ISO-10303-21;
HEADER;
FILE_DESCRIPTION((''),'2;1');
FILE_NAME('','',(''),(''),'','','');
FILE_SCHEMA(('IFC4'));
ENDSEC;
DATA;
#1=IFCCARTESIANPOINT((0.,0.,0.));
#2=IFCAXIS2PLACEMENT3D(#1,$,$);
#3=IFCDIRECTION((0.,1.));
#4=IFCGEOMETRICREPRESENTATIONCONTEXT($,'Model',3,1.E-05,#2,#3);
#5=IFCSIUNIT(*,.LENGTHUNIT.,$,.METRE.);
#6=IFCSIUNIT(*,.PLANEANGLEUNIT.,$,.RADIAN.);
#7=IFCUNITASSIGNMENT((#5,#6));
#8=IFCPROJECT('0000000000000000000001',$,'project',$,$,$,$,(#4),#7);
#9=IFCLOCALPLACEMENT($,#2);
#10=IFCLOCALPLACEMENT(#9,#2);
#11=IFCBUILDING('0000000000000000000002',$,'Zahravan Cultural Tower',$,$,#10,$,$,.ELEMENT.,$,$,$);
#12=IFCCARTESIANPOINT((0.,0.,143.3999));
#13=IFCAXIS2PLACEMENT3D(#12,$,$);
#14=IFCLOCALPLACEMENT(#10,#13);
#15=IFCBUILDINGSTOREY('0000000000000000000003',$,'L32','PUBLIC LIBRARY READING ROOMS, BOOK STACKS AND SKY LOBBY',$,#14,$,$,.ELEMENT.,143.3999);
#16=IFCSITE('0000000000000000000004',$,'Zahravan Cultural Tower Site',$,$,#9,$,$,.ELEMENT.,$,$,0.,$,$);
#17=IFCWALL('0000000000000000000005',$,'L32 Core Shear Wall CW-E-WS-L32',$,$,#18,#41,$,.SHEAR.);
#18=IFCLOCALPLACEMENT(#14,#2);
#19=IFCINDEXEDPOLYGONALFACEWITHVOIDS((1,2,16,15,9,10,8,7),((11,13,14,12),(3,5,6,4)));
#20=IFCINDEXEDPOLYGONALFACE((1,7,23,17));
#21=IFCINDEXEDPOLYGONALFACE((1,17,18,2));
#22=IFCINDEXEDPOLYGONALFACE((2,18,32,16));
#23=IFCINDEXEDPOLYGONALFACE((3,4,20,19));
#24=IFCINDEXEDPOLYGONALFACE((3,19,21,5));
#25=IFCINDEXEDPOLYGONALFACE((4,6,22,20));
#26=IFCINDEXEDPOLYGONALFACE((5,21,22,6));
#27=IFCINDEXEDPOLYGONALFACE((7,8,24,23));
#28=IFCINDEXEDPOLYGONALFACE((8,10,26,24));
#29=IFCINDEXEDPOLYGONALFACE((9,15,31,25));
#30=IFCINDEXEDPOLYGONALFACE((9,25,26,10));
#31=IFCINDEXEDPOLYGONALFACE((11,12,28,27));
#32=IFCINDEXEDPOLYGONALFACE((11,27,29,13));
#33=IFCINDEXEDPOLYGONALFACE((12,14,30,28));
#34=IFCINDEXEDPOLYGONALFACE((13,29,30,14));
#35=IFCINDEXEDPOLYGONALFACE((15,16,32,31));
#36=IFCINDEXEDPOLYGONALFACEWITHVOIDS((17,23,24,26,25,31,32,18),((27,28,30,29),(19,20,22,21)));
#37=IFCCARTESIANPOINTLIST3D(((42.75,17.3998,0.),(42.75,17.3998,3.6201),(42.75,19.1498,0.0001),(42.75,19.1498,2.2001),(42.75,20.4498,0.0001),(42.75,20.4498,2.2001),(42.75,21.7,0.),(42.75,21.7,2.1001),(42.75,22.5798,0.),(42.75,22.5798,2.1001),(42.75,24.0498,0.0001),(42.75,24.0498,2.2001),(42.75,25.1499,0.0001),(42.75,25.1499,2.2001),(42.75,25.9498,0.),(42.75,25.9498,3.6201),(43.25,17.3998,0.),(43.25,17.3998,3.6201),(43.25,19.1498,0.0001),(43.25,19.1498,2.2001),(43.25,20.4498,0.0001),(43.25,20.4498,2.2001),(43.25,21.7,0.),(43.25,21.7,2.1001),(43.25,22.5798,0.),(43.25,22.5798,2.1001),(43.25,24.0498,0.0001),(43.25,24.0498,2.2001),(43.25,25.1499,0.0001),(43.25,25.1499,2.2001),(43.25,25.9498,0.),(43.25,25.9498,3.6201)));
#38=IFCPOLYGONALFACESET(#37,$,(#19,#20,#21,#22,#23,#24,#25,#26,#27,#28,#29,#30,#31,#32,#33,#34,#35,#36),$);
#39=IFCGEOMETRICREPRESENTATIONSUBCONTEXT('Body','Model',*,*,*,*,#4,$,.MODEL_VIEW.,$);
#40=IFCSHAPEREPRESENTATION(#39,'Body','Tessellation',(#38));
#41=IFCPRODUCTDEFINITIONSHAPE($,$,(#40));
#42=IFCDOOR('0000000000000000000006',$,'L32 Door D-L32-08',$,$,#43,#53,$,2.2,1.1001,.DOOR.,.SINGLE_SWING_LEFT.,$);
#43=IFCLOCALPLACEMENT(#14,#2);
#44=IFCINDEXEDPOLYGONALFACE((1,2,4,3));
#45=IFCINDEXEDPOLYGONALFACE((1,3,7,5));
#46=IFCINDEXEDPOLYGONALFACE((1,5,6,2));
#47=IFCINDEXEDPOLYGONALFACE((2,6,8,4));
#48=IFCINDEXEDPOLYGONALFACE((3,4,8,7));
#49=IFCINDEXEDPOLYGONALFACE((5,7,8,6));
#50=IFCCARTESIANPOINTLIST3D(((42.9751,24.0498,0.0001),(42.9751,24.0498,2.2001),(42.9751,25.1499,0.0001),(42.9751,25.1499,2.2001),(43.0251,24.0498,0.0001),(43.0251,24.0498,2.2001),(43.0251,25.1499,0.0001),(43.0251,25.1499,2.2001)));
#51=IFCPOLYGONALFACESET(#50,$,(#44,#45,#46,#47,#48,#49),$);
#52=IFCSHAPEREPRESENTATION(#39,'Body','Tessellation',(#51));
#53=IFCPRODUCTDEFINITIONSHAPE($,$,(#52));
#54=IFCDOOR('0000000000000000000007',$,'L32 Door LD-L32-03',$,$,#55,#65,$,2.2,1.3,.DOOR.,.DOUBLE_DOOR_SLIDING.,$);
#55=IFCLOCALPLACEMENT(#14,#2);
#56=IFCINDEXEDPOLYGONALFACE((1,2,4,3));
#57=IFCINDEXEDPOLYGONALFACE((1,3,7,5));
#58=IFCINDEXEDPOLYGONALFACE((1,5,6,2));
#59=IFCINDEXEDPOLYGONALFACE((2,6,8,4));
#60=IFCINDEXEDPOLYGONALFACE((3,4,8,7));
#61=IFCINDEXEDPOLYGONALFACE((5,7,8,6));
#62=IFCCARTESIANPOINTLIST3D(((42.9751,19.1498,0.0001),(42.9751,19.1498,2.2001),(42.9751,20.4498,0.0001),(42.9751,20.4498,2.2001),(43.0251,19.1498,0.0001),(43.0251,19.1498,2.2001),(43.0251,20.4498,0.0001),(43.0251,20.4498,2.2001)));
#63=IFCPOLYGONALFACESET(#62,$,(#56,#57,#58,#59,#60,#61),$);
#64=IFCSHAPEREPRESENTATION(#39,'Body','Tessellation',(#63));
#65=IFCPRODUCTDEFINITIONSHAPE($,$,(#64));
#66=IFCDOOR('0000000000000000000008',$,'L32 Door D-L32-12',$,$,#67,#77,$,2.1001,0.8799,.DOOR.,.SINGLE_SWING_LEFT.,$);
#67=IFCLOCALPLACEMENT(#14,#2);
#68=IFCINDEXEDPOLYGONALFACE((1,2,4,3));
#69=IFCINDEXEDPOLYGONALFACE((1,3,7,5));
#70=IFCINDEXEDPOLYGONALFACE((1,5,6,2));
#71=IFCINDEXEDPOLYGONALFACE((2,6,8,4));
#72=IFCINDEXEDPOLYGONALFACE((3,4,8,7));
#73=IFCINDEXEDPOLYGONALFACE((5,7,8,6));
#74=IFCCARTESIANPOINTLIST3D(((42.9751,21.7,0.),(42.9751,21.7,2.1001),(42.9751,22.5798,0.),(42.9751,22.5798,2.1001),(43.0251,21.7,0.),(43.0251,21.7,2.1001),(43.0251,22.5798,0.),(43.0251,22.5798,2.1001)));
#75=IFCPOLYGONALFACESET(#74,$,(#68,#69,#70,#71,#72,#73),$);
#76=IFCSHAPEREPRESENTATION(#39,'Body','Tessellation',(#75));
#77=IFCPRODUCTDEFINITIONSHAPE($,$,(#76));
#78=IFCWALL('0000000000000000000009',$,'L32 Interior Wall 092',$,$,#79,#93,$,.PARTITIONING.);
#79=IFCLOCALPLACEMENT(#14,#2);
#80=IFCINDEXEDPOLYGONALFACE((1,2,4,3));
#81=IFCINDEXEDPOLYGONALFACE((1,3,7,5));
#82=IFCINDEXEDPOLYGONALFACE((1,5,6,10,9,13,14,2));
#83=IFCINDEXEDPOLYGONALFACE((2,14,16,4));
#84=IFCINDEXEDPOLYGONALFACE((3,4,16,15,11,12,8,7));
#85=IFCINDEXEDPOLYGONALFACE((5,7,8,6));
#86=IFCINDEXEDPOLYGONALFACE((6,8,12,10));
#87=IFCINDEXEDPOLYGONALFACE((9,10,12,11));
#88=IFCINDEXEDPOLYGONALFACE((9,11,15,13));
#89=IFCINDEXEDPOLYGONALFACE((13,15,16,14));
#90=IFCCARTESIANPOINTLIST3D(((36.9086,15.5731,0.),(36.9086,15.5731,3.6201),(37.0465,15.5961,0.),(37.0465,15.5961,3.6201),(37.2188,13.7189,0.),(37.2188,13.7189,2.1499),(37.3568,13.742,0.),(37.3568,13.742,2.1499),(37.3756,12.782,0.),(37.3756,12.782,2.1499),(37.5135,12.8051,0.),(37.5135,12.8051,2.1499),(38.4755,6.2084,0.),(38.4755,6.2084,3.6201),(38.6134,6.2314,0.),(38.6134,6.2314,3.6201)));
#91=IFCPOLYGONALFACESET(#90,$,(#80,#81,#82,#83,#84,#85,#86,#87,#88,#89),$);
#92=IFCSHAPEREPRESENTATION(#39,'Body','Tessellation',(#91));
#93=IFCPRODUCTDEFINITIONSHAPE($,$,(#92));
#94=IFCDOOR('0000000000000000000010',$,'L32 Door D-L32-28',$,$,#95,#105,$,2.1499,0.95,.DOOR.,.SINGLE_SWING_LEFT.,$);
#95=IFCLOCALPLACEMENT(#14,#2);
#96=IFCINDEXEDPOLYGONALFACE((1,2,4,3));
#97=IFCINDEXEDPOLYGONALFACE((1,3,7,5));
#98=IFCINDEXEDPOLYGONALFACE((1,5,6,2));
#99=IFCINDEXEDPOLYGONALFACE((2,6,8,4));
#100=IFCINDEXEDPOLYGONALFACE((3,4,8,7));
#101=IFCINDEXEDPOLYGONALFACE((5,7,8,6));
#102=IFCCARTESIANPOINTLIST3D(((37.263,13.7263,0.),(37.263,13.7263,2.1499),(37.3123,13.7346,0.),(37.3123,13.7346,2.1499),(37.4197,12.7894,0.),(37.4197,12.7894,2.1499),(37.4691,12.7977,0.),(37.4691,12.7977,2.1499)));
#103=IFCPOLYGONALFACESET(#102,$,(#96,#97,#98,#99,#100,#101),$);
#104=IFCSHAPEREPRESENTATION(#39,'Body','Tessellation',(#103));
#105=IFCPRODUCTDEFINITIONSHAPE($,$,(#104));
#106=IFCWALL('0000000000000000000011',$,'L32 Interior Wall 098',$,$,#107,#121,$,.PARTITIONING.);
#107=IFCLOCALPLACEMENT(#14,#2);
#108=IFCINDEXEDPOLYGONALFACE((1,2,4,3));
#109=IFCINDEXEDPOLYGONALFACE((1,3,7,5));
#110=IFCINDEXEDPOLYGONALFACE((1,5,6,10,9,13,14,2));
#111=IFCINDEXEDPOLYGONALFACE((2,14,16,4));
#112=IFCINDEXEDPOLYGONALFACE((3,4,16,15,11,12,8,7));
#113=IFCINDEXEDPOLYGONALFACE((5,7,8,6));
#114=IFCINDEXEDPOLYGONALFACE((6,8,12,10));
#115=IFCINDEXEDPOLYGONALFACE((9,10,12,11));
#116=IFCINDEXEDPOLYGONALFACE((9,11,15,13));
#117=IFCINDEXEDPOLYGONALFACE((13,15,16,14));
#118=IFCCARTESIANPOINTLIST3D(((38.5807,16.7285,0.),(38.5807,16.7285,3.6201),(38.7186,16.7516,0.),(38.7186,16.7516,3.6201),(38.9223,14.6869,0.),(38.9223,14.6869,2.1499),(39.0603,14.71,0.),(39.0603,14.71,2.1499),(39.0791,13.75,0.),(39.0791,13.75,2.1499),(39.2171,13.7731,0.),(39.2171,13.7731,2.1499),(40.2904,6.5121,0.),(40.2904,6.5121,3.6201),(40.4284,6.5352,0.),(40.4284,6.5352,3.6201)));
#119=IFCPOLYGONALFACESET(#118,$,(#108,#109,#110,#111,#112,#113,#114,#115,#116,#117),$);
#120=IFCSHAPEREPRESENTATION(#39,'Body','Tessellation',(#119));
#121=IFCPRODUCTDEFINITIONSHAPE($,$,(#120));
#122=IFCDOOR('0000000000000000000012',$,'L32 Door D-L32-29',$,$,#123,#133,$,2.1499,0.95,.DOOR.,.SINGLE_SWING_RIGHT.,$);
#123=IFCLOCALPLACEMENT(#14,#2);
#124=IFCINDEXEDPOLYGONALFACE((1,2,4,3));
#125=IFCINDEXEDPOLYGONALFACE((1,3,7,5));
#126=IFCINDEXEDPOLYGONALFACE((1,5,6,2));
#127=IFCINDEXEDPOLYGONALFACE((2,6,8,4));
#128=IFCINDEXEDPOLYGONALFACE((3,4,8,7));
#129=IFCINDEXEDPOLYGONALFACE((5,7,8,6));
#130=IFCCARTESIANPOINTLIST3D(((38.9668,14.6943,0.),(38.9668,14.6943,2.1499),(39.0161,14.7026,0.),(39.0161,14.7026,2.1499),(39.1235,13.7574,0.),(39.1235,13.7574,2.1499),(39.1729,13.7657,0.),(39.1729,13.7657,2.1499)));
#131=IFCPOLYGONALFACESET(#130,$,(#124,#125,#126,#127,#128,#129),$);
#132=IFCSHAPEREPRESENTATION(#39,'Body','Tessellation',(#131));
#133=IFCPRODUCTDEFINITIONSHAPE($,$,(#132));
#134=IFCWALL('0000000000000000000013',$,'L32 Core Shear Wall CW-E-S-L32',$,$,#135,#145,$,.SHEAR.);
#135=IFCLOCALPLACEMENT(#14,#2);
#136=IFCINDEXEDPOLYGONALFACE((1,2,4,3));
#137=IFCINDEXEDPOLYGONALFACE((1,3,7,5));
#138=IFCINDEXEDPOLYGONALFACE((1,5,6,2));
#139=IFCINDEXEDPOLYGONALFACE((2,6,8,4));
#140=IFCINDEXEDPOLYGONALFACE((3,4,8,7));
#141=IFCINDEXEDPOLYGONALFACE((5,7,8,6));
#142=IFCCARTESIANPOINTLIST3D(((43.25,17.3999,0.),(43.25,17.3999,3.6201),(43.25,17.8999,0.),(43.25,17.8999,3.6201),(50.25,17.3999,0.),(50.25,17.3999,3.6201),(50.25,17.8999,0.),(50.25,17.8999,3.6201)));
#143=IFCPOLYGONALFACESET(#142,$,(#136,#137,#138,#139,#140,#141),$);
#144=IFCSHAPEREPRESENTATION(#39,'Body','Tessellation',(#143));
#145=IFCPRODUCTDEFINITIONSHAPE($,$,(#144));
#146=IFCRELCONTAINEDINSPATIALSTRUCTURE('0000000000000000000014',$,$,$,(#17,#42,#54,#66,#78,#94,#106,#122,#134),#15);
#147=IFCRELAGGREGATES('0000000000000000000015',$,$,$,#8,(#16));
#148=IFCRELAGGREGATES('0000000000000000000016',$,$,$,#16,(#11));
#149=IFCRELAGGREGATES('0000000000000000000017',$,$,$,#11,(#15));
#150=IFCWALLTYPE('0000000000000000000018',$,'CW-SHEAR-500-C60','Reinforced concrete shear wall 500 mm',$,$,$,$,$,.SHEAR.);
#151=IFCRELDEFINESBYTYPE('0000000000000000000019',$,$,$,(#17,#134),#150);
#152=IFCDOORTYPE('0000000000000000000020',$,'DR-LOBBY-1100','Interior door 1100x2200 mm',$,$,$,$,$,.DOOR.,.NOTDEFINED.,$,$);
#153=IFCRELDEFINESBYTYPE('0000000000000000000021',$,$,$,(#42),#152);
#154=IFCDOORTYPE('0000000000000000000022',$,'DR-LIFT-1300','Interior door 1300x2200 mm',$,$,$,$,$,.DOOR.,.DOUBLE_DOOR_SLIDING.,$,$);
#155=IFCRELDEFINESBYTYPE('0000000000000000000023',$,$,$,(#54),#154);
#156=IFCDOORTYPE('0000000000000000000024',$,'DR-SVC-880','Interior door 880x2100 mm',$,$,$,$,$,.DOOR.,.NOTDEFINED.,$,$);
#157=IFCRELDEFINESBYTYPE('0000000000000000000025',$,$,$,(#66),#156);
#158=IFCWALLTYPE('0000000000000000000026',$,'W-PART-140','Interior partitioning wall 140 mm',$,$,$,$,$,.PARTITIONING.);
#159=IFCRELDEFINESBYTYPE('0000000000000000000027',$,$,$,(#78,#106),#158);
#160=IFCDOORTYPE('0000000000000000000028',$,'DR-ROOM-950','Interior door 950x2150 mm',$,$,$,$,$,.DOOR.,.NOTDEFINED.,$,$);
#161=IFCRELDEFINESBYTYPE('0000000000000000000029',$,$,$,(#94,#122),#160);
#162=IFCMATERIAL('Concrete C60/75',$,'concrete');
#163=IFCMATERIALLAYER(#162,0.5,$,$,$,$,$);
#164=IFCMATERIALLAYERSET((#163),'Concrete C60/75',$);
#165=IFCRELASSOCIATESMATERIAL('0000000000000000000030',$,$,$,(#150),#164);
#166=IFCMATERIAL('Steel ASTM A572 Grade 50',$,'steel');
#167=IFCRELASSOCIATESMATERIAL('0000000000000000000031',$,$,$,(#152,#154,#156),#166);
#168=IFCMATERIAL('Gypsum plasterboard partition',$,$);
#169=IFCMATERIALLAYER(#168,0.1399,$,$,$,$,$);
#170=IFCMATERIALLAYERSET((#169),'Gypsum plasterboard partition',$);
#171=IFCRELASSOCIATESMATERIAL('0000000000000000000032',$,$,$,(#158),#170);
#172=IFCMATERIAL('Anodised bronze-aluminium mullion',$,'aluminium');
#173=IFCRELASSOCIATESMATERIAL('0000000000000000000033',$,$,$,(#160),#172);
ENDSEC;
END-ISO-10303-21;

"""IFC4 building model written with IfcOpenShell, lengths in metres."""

from ifc_helpers import new_model, si_unit, direction, frame, frame_2d, origin, place, context, subcontext, project, spatial, rectangle, extrude, source, transform, mapped, material, layer, layer_set, type_object, element, fill, save


model = new_model("IFC4")

# Units and contexts
model_context = context("Model", 3, precision=1e-05, world=origin(), true_north=direction((0.0, 1.0)))
body_context = subcontext(model_context, "Body", "Model", "MODEL_VIEW")
ifc_project = project(units=[si_unit("LENGTHUNIT", "METRE"), si_unit("PLANEANGLEUNIT", "RADIAN")], contexts=[model_context])

# Site, building, storey
site_placement = place(None, origin())
site = spatial("IfcSite", under=ifc_project, at=site_placement, Name="Zahravan Cultural Tower Site", CompositionType="ELEMENT", RefElevation=0.0)
building_placement = place(site_placement, origin())
building = spatial("IfcBuilding", under=site, at=building_placement, Name="Zahravan Cultural Tower", CompositionType="ELEMENT")
storey_placement = place(building_placement, frame((0.0, 0.0, 143.3999)))
storey = spatial("IfcBuildingStorey", under=building, at=storey_placement, Name="L32", Description="PUBLIC LIBRARY READING ROOMS, BOOK STACKS AND SKY LOBBY", CompositionType="ELEMENT", Elevation=143.3999)

# Wall, openings, doors
ifc_material_1 = material(Name="Concrete C60/75", Category="concrete")
ifc_layer_1 = layer(ifc_material_1, 0.5)
ifc_layer_set_1 = layer_set([ifc_layer_1], Name="Concrete C60/75")
wall_type_1 = type_object("IfcWallType", Name="CW-SHEAR-500-C60", Description="Reinforced concrete shear wall 500 mm", PredefinedType="SHEAR", material=ifc_layer_set_1)
wall_1_placement = place(storey_placement, frame((43.0, 17.3999, 0.0), z_axis=(0.0, 0.0, 1.0), x_axis=(0.0, 1.0, 0.0)))
wall_1 = element("IfcWall", 1, at=wall_1_placement, inside=storey, type_object=wall_type_1, Name="L32 Core Shear Wall CW-E-WS-L32", PredefinedType="SHEAR", context=body_context, shape_type="SweptSolid", body=[
    extrude(rectangle(XDim=8.55, YDim=0.5, at=frame_2d((4.2749, 0.0))), origin(), (0.0, 0.0, 1.0), 3.6201),
])
opening_1_placement = place(wall_1_placement, frame((6.6499, 0.0, 0.0)))
opening_1 = element("IfcOpeningElement", 2, at=opening_1_placement, cuts=wall_1, PredefinedType="OPENING", context=body_context, shape_type="SweptSolid", body=[
    extrude(rectangle(XDim=1.1001, YDim=2.2, at=frame_2d((0.55, 1.1001))), frame((0.0, 0.26, 0.0), z_axis=(0.0, -1.0, 0.0), x_axis=(1.0, 0.0, 0.0)), (0.0, 0.0, 1.0), 0.52),
])
opening_2_placement = place(wall_1_placement, frame((1.75, 0.0, 0.0)))
opening_2 = element("IfcOpeningElement", 3, at=opening_2_placement, cuts=wall_1, PredefinedType="OPENING", context=body_context, shape_type="SweptSolid", body=[
    extrude(rectangle(XDim=1.3, YDim=2.2, at=frame_2d((0.6499, 1.1001))), frame((0.0, 0.26, 0.0), z_axis=(0.0, -1.0, 0.0), x_axis=(1.0, 0.0, 0.0)), (0.0, 0.0, 1.0), 0.52),
])
opening_3_placement = place(wall_1_placement, frame((4.3, 0.0, 0.0)))
opening_3 = element("IfcOpeningElement", 4, at=opening_3_placement, cuts=wall_1, PredefinedType="OPENING", context=body_context, shape_type="SweptSolid", body=[
    extrude(rectangle(XDim=0.8799, YDim=2.1001, at=frame_2d((0.4399, 1.05))), frame((0.0, 0.26, 0.0), z_axis=(0.0, -1.0, 0.0), x_axis=(1.0, 0.0, 0.0)), (0.0, 0.0, 1.0), 0.52),
])
ifc_material_2 = material(Name="Steel ASTM A572 Grade 50", Category="steel")
door_type_1 = type_object("IfcDoorType", Name="DR-LOBBY-1100", Description="Interior door 1100x2200 mm", OperationType="NOTDEFINED", PredefinedType="DOOR", material=ifc_material_2)
shared_shape_1 = source(origin(), body_context, "Body", "SweptSolid", [
    extrude(rectangle(XDim=1.1001, YDim=2.2, at=frame_2d((0.55, 1.1001))), frame((0.0, 0.0249, 0.0), z_axis=(0.0, -1.0, 0.0), x_axis=(1.0, 0.0, 0.0)), (0.0, 0.0, 1.0), 0.05),
])
door_1_placement = place(opening_1_placement, origin())
door_1 = element("IfcDoor", 5, at=door_1_placement, inside=storey, type_object=door_type_1, Name="L32 Door D-L32-08", OperationType="SINGLE_SWING_LEFT", OverallHeight=2.2, OverallWidth=1.1001, PredefinedType="DOOR", context=body_context, shape_type="MappedRepresentation", body=[
    mapped(shared_shape_1, transform((0.0, 0.0, 0.0), x_axis=(1.0, 0.0, 0.0), y_axis=(0.0, 1.0, 0.0), z_axis=(0.0, 0.0, 1.0), scale=1.0)),
])
fill(opening_1, door_1)
door_type_2 = type_object("IfcDoorType", Name="DR-LIFT-1300", Description="Interior door 1300x2200 mm", OperationType="DOUBLE_DOOR_SLIDING", PredefinedType="DOOR", material=ifc_material_2)
shared_shape_2 = source(origin(), body_context, "Body", "SweptSolid", [
    extrude(rectangle(XDim=1.3, YDim=2.2, at=frame_2d((0.6499, 1.1001))), frame((0.0, 0.0249, 0.0), z_axis=(0.0, -1.0, 0.0), x_axis=(1.0, 0.0, 0.0)), (0.0, 0.0, 1.0), 0.05),
])
door_2_placement = place(opening_2_placement, origin())
door_2 = element("IfcDoor", 6, at=door_2_placement, inside=storey, type_object=door_type_2, Name="L32 Door LD-L32-03", OperationType="DOUBLE_DOOR_SLIDING", OverallHeight=2.2, OverallWidth=1.3, PredefinedType="DOOR", context=body_context, shape_type="MappedRepresentation", body=[
    mapped(shared_shape_2, transform((0.0, 0.0, 0.0), x_axis=(1.0, 0.0, 0.0), y_axis=(0.0, 1.0, 0.0), z_axis=(0.0, 0.0, 1.0), scale=1.0)),
])
fill(opening_2, door_2)
door_type_3 = type_object("IfcDoorType", Name="DR-SVC-880", Description="Interior door 880x2100 mm", OperationType="NOTDEFINED", PredefinedType="DOOR", material=ifc_material_2)
shared_shape_3 = source(origin(), body_context, "Body", "SweptSolid", [
    extrude(rectangle(XDim=0.8799, YDim=2.1001, at=frame_2d((0.4399, 1.05))), frame((0.0, 0.0249, 0.0), z_axis=(0.0, -1.0, 0.0), x_axis=(1.0, 0.0, 0.0)), (0.0, 0.0, 1.0), 0.05),
])
door_3_placement = place(opening_3_placement, origin())
door_3 = element("IfcDoor", 7, at=door_3_placement, inside=storey, type_object=door_type_3, Name="L32 Door D-L32-12", OperationType="SINGLE_SWING_LEFT", OverallHeight=2.1001, OverallWidth=0.8799, PredefinedType="DOOR", context=body_context, shape_type="MappedRepresentation", body=[
    mapped(shared_shape_3, transform((0.0, 0.0, 0.0), x_axis=(1.0, 0.0, 0.0), y_axis=(0.0, 1.0, 0.0), z_axis=(0.0, 0.0, 1.0), scale=1.0)),
])
fill(opening_3, door_3)

# Walls, openings, doors
ifc_material_3 = material(Name="Gypsum plasterboard partition")
ifc_layer_2 = layer(ifc_material_3, 0.1399)
ifc_layer_set_2 = layer_set([ifc_layer_2], Name="Gypsum plasterboard partition")
wall_type_2 = type_object("IfcWallType", Name="W-PART-140", Description="Interior partitioning wall 140 mm", PredefinedType="PARTITIONING", material=ifc_layer_set_2)
wall_2_placement = place(storey_placement, frame((36.9775, 15.5847, 0.0), z_axis=(0.0, 0.0, 1.0), x_axis=(0.165024, -0.986289, 0.0)))
wall_2 = element("IfcWall", 8, at=wall_2_placement, inside=storey, type_object=wall_type_2, Name="L32 Interior Wall 092", PredefinedType="PARTITIONING", context=body_context, shape_type="SweptSolid", body=[
    extrude(rectangle(XDim=9.4949, YDim=0.1399, at=frame_2d((4.7476, 0.0))), origin(), (0.0, 0.0, 1.0), 3.6201),
])
opening_4_placement = place(wall_2_placement, frame((1.8799, 0.0, 0.0)))
opening_4 = element("IfcOpeningElement", 9, at=opening_4_placement, cuts=wall_2, PredefinedType="OPENING", context=body_context, shape_type="SweptSolid", body=[
    extrude(rectangle(XDim=0.95, YDim=2.1499, at=frame_2d((0.4751, 1.075))), frame((0.0, 0.0798, 0.0), z_axis=(0.0, -1.0, 0.0), x_axis=(1.0, 0.0, 0.0)), (0.0, 0.0, 1.0), 0.1599),
])
ifc_material_4 = material(Name="Anodised bronze-aluminium mullion", Category="aluminium")
door_type_4 = type_object("IfcDoorType", Name="DR-ROOM-950", Description="Interior door 950x2150 mm", OperationType="NOTDEFINED", PredefinedType="DOOR", material=ifc_material_4)
shared_shape_4 = source(origin(), body_context, "Body", "SweptSolid", [
    extrude(rectangle(XDim=0.95, YDim=2.1499, at=frame_2d((0.4751, 1.075))), frame((0.0, 0.0249, 0.0), z_axis=(0.0, -1.0, 0.0), x_axis=(1.0, 0.0, 0.0)), (0.0, 0.0, 1.0), 0.05),
])
door_4_placement = place(opening_4_placement, origin())
door_4 = element("IfcDoor", 10, at=door_4_placement, inside=storey, type_object=door_type_4, Name="L32 Door D-L32-28", OperationType="SINGLE_SWING_LEFT", OverallHeight=2.1499, OverallWidth=0.95, PredefinedType="DOOR", context=body_context, shape_type="MappedRepresentation", body=[
    mapped(shared_shape_4, transform((0.0, 0.0, 0.0), x_axis=(1.0, 0.0, 0.0), y_axis=(0.0, 1.0, 0.0), z_axis=(0.0, 0.0, 1.0), scale=1.0)),
])
fill(opening_4, door_4)
wall_3_placement = place(storey_placement, frame((40.3594, 6.5237, 0.0), z_axis=(0.0, 0.0, 1.0), x_axis=(-0.165056, 0.986284, 0.0)))
wall_3 = element("IfcWall", 11, at=wall_3_placement, inside=storey, type_object=wall_type_2, Name="L32 Interior Wall 098", PredefinedType="PARTITIONING", context=body_context, shape_type="SweptSolid", body=[
    extrude(rectangle(XDim=10.3584, YDim=0.1399, at=frame_2d((5.1792, 0.0))), origin(), (0.0, 0.0, 1.0), 3.6201),
])
opening_5_placement = place(wall_3_placement, frame((7.3384, 0.0, 0.0)))
opening_5 = element("IfcOpeningElement", 12, at=opening_5_placement, cuts=wall_3, PredefinedType="OPENING", context=body_context, shape_type="SweptSolid", body=[
    extrude(rectangle(XDim=0.95, YDim=2.1499, at=frame_2d((0.4751, 1.075))), frame((0.0, 0.0798, 0.0), z_axis=(0.0, -1.0, 0.0), x_axis=(1.0, 0.0, 0.0)), (0.0, 0.0, 1.0), 0.1599),
])
door_5_placement = place(opening_5_placement, origin())
door_5 = element("IfcDoor", 13, at=door_5_placement, inside=storey, type_object=door_type_4, Name="L32 Door D-L32-29", OperationType="SINGLE_SWING_RIGHT", OverallHeight=2.1499, OverallWidth=0.95, PredefinedType="DOOR", context=body_context, shape_type="MappedRepresentation", body=[
    mapped(shared_shape_4, transform((0.0, 0.0, 0.0), x_axis=(1.0, 0.0, 0.0), y_axis=(0.0, 1.0, 0.0), z_axis=(0.0, 0.0, 1.0), scale=1.0)),
])
fill(opening_5, door_5)

# Wall
shared_shape_5 = source(origin(), body_context, "Body", "SweptSolid", [
    extrude(rectangle(XDim=7.0, YDim=0.5, at=frame_2d((3.5, 0.0))), origin(), (0.0, 0.0, 1.0), 3.6201),
])
wall_4_placement = place(storey_placement, frame((43.25, 17.6499, 0.0), z_axis=(0.0, 0.0, 1.0), x_axis=(1.0, 0.0, 0.0)))
element("IfcWall", 14, at=wall_4_placement, inside=storey, type_object=wall_type_1, Name="L32 Core Shear Wall CW-E-S-L32", PredefinedType="SHEAR", context=body_context, shape_type="MappedRepresentation", body=[
    mapped(shared_shape_5, transform((0.0, 0.0, 0.0), x_axis=(1.0, 0.0, 0.0), y_axis=(0.0, 1.0, 0.0), z_axis=(0.0, 0.0, 1.0), scale=1.0)),
])

save(model, "model.ifc")
